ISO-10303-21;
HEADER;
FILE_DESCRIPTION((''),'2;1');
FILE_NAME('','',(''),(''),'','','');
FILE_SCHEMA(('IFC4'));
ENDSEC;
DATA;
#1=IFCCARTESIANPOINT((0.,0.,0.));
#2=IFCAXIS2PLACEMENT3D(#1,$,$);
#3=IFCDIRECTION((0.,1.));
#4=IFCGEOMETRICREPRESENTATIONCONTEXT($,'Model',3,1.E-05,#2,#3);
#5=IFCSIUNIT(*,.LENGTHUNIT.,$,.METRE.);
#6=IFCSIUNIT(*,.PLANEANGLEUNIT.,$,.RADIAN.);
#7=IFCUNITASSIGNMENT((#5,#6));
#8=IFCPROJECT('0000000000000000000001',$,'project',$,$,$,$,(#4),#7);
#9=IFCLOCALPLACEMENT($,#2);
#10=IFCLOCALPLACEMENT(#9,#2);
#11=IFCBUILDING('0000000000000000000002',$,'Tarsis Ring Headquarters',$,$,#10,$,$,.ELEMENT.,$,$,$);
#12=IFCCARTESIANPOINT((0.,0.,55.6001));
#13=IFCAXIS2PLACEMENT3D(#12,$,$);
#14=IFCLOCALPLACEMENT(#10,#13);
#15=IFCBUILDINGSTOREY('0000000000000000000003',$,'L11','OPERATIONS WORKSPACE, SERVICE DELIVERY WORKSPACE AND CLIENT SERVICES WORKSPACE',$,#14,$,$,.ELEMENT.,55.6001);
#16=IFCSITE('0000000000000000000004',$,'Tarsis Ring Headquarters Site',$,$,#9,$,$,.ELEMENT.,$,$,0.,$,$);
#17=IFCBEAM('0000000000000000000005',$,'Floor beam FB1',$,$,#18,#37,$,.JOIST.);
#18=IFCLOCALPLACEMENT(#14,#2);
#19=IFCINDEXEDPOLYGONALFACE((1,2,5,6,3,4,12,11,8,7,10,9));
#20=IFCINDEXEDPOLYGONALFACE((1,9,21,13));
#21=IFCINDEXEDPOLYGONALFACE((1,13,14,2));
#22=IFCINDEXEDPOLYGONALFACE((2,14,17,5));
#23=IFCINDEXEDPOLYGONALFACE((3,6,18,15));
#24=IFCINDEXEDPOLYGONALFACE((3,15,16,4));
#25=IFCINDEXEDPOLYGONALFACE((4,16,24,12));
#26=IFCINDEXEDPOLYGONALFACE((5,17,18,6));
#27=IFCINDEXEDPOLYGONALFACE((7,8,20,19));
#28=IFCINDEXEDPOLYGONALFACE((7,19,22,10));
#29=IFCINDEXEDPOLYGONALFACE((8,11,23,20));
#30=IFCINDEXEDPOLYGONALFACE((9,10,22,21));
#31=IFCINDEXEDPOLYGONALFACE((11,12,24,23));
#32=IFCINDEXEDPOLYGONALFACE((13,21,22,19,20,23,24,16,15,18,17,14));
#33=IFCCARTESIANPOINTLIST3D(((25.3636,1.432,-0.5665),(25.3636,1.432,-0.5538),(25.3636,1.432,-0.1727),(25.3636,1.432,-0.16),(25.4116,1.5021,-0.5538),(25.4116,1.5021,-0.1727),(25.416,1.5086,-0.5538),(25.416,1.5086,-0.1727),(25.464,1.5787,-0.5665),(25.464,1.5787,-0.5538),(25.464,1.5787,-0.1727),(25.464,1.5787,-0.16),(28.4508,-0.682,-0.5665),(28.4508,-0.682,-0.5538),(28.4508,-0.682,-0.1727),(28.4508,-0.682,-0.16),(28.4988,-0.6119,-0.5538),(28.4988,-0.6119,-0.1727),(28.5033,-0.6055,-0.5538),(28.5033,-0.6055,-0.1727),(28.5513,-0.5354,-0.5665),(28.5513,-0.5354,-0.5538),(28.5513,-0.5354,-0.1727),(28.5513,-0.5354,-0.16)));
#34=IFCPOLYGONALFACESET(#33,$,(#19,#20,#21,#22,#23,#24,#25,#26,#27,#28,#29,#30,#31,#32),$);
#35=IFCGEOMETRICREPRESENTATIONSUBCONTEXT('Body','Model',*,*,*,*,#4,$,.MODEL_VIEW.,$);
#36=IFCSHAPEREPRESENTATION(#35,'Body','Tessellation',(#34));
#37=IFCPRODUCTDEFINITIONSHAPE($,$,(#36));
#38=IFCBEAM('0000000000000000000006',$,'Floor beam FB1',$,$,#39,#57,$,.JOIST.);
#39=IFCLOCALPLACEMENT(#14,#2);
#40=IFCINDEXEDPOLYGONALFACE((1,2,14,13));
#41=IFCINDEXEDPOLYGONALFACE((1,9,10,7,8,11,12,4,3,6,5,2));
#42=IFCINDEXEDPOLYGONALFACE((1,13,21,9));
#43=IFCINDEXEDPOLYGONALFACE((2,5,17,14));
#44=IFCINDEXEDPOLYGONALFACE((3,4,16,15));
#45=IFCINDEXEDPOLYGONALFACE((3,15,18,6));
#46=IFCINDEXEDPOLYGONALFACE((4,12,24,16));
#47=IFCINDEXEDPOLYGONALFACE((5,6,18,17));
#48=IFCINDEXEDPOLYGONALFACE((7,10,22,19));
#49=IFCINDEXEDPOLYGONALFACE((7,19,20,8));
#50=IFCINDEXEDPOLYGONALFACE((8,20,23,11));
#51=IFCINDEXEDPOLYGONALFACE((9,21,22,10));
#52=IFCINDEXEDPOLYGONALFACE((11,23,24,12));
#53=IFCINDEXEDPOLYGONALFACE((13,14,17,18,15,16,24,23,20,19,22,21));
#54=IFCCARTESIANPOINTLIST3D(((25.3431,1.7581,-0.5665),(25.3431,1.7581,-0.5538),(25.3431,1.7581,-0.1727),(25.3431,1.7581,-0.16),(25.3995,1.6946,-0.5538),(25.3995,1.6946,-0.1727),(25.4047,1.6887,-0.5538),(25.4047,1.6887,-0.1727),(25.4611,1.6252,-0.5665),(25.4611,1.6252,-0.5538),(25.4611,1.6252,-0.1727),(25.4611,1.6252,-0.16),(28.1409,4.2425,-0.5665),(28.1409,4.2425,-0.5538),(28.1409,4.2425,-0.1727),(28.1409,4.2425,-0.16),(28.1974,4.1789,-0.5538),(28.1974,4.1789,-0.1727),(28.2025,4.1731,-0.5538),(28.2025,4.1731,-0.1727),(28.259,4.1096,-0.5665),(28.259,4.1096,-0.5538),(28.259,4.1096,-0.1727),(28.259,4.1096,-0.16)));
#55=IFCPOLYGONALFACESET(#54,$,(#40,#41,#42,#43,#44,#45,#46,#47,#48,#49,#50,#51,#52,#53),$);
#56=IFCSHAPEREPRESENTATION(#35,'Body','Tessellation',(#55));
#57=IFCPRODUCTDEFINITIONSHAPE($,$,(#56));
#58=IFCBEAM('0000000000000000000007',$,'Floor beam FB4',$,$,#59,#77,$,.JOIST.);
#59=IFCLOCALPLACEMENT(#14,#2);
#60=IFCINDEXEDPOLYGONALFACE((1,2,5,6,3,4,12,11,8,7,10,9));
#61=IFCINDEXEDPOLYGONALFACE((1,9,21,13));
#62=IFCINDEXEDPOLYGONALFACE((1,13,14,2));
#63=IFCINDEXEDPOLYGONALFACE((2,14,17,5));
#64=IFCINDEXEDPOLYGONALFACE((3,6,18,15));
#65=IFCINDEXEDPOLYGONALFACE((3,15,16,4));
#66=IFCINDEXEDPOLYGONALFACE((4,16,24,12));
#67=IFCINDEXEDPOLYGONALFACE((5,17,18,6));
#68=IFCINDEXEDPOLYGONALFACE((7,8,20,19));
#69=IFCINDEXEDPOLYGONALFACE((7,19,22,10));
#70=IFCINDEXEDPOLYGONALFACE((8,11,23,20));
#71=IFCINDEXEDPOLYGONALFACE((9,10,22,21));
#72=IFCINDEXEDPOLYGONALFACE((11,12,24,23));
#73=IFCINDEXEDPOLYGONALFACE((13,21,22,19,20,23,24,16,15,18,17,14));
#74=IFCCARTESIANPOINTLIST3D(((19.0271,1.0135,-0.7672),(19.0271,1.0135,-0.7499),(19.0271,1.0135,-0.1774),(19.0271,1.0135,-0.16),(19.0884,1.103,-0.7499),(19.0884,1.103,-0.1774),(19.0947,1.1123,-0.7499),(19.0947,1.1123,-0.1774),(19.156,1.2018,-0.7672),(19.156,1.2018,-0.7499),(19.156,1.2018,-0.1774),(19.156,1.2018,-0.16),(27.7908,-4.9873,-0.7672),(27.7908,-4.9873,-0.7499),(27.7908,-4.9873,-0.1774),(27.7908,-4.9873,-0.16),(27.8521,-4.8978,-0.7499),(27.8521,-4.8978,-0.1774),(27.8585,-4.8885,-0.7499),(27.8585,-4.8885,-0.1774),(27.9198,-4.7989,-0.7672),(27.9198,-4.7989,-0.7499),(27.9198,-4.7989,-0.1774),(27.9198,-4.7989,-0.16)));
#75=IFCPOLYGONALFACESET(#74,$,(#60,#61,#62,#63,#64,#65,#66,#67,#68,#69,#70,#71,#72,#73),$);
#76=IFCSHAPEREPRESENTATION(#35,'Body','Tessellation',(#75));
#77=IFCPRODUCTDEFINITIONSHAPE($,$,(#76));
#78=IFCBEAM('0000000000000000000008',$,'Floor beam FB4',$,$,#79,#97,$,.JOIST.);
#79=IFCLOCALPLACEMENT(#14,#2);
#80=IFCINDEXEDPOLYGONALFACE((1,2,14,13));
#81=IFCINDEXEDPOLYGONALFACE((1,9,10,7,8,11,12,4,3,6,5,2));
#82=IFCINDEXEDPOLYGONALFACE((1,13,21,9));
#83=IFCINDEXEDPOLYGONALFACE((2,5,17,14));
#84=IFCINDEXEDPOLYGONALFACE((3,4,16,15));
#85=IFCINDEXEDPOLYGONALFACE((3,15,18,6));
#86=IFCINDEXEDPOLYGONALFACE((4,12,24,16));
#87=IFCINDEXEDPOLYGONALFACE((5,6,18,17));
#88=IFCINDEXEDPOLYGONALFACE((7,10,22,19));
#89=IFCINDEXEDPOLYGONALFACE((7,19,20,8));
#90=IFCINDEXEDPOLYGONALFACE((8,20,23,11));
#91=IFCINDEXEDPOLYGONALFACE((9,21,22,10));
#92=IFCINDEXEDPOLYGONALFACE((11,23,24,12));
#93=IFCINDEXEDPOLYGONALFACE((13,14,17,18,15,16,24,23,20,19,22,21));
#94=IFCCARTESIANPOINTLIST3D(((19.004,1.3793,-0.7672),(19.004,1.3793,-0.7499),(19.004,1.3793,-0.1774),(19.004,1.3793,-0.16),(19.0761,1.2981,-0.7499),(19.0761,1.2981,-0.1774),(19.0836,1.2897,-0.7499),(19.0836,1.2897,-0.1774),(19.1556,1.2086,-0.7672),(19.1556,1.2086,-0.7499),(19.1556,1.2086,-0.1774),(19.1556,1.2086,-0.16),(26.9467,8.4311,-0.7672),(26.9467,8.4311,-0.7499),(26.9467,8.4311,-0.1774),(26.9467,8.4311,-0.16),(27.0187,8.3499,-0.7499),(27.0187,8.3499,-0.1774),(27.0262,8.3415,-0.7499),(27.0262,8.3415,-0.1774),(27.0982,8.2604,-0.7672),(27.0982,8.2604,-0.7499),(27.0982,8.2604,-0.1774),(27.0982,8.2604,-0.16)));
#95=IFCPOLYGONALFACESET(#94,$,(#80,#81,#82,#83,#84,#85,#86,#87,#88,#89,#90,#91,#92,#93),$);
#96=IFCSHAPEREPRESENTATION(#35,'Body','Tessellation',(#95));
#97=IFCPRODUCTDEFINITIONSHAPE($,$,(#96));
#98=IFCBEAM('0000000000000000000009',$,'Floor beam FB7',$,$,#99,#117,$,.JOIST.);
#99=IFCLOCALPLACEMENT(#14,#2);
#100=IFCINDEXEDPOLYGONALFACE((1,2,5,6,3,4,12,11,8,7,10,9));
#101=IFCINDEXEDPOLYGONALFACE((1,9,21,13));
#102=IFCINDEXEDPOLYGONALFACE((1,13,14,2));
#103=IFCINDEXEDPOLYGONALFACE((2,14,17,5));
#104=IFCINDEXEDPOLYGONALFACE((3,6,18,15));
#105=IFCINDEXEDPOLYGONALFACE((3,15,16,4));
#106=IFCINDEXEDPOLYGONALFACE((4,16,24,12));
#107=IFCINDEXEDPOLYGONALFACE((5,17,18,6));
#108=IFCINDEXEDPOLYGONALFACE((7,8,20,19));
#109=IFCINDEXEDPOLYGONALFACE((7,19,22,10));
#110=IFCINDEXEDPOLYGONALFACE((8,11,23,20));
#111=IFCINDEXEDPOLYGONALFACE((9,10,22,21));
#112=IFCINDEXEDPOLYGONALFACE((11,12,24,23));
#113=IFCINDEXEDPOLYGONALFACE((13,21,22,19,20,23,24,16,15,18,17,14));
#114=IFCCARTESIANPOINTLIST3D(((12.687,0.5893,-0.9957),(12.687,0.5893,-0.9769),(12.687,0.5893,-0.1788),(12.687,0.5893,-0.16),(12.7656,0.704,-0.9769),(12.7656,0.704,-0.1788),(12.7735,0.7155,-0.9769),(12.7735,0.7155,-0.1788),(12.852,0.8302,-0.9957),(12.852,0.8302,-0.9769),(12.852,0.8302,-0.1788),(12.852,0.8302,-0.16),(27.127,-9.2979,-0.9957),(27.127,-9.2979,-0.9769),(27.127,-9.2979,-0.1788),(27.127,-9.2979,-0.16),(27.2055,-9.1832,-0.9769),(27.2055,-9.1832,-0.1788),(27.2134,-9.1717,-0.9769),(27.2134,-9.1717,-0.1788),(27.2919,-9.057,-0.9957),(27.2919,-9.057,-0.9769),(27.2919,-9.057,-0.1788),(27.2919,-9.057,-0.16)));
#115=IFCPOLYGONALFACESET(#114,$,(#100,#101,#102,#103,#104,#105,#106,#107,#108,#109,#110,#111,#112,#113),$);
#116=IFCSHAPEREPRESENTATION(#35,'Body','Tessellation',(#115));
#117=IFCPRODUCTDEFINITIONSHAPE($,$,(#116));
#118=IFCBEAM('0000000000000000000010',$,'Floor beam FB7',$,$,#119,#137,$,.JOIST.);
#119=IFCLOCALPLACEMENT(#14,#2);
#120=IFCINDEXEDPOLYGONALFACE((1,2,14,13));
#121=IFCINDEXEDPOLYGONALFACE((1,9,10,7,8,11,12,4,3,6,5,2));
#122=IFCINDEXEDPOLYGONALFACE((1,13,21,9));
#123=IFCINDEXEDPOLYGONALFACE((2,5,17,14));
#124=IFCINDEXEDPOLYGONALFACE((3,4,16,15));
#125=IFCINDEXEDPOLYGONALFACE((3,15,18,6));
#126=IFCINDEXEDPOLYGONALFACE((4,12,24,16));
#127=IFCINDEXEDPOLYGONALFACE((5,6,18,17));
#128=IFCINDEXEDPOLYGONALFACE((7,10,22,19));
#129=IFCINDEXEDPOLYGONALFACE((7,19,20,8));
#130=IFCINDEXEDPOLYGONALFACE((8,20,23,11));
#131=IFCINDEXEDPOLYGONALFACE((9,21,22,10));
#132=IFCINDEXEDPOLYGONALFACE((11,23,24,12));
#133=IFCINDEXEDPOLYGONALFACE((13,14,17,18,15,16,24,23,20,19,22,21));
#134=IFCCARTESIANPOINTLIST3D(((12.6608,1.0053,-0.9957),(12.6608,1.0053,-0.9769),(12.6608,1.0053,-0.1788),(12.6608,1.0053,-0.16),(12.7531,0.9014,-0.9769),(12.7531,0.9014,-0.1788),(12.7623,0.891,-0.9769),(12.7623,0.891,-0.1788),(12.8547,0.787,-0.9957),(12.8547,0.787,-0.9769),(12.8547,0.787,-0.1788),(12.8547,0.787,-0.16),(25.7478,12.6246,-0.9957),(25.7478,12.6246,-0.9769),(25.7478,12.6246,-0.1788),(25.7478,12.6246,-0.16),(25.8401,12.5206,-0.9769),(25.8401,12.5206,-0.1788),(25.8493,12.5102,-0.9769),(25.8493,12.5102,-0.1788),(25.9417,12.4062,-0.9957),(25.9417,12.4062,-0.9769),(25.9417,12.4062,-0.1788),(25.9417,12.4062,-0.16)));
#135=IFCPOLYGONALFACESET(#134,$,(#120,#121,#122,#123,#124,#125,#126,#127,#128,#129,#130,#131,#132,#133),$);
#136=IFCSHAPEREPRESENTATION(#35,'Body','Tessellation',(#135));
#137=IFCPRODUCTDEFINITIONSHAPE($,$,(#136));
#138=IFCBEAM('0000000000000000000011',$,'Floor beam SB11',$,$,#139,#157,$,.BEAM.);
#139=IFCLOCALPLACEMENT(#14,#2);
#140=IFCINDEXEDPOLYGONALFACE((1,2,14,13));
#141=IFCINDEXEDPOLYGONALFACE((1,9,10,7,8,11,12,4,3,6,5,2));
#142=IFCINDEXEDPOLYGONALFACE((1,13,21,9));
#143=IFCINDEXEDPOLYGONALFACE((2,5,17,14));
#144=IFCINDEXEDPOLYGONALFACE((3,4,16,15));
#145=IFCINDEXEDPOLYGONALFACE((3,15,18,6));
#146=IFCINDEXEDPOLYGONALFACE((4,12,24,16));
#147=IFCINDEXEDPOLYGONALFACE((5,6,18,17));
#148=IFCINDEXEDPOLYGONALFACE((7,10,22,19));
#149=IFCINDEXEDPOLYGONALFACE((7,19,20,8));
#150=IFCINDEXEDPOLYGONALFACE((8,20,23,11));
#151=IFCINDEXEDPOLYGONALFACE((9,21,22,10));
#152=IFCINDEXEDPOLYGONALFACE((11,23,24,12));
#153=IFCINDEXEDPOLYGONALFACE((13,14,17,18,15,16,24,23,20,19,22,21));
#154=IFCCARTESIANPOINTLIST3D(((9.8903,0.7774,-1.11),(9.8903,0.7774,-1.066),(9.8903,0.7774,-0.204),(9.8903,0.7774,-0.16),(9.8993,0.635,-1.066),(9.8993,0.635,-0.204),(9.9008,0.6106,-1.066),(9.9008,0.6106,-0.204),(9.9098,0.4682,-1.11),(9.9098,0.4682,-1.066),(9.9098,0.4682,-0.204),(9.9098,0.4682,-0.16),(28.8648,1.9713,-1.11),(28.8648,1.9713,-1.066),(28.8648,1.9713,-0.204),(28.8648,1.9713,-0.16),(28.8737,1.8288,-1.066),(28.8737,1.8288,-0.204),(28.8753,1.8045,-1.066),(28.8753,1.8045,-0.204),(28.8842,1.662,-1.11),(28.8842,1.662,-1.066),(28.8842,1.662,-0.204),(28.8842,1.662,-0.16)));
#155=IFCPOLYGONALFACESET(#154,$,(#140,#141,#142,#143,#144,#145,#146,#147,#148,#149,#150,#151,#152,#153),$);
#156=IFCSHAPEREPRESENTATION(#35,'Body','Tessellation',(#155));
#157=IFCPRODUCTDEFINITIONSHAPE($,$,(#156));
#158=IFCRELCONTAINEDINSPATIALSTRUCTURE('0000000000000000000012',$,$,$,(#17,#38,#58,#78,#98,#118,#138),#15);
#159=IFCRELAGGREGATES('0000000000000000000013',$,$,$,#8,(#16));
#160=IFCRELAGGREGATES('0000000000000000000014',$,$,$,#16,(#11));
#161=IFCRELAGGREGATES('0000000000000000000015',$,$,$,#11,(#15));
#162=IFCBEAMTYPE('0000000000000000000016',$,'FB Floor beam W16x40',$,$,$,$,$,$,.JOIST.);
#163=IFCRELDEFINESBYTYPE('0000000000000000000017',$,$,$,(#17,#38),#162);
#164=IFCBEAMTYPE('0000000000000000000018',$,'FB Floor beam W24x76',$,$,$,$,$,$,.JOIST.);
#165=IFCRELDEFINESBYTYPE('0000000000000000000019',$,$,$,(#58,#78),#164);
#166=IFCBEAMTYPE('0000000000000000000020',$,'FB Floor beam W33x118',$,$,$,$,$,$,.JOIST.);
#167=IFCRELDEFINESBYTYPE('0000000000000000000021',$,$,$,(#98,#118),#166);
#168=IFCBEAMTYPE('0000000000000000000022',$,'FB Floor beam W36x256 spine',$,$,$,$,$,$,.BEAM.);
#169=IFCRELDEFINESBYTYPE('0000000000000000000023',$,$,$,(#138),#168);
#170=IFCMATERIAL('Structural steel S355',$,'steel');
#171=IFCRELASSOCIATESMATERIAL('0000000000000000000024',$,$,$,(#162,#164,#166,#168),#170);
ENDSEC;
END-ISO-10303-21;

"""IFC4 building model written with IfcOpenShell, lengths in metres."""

from ifc_helpers import new_model, si_unit, direction, frame, origin, origin_2d, place, context, subcontext, project, spatial, i_section, extrude, material, material_profile, profile_set, type_object, element, save


model = new_model("IFC4")

# Units and contexts
model_context = context("Model", 3, precision=1e-05, world=origin(), true_north=direction((0.0, 1.0)))
body_context = subcontext(model_context, "Body", "Model", "MODEL_VIEW")
ifc_project = project(units=[si_unit("LENGTHUNIT", "METRE"), si_unit("PLANEANGLEUNIT", "RADIAN")], contexts=[model_context])

# Site, building, storey
site_placement = place(None, origin())
site = spatial("IfcSite", under=ifc_project, at=site_placement, Name="Tarsis Ring Headquarters Site", CompositionType="ELEMENT", RefElevation=0.0)
building_placement = place(site_placement, origin())
building = spatial("IfcBuilding", under=site, at=building_placement, Name="Tarsis Ring Headquarters", CompositionType="ELEMENT")
storey_placement = place(building_placement, frame((0.0, 0.0, 55.6001)))
storey = spatial("IfcBuildingStorey", under=building, at=storey_placement, Name="L11", Description="OPERATIONS WORKSPACE, SERVICE DELIVERY WORKSPACE AND CLIENT SERVICES WORKSPACE", CompositionType="ELEMENT", Elevation=55.6001)

# Beams
ifc_material_1 = material(Name="Structural steel S355", Category="steel")
ifc_material_profile_1 = material_profile(ifc_material_1, i_section(OverallWidth=0.1777, OverallDepth=0.4065, WebThickness=0.0078, FlangeThickness=0.0127, at=origin_2d()), Name="W16x40")
ifc_profile_set_1 = profile_set([ifc_material_profile_1], Name="Structural steel S355")
beam_type_1 = type_object("IfcBeamType", Name="FB Floor beam W16x40", PredefinedType="JOIST", material=ifc_profile_set_1)
for number, where, z_axis, x_axis, name in (
    (1, (25.4138, 1.5054, -0.3633), (0.82509, -0.565002, 0.0), (0.565002, 0.82509, 0.0), "Floor beam FB1"),
    (2, (28.2, 4.176, -0.3633), (-0.747755, -0.663975, 0.0), (0.663975, -0.747755, 0.0), "Floor beam FB1"),
):
    element("IfcBeam", number, at=place(storey_placement, frame(where, z_axis=z_axis, x_axis=x_axis)), inside=storey, type_object=beam_type_1, Name=name, PredefinedType="JOIST", context=body_context, shape_type="SweptSolid", body=[
        extrude(i_section(OverallWidth=0.1777, OverallDepth=0.4065, WebThickness=0.0078, FlangeThickness=0.0127, at=origin_2d()), origin(), (0.0, 0.0, 1.0), 3.7417),
    ])
ifc_material_profile_2 = material_profile(ifc_material_1, i_section(OverallWidth=0.2283, OverallDepth=0.6072, WebThickness=0.0112, FlangeThickness=0.0173, at=origin_2d()), Name="W24x76")
ifc_profile_set_2 = profile_set([ifc_material_profile_2], Name="Structural steel S355")
beam_type_2 = type_object("IfcBeamType", Name="FB Floor beam W24x76", PredefinedType="JOIST", material=ifc_profile_set_2)
for number, where, z_axis, x_axis, name in (
    (3, (19.0916, 1.1077, -0.4636), (0.825108, -0.564975, 0.0), (0.564975, 0.825108, 0.0), "Floor beam FB4"),
    (4, (27.0225, 8.3457, -0.4636), (-0.7478, -0.663924, 0.0), (0.663924, -0.7478, 0.0), "Floor beam FB4"),
):
    element("IfcBeam", number, at=place(storey_placement, frame(where, z_axis=z_axis, x_axis=x_axis)), inside=storey, type_object=beam_type_2, Name=name, PredefinedType="JOIST", context=body_context, shape_type="SweptSolid", body=[
        extrude(i_section(OverallWidth=0.2283, OverallDepth=0.6072, WebThickness=0.0112, FlangeThickness=0.0173, at=origin_2d()), origin(), (0.0, 0.0, 1.0), 10.6213),
    ])
ifc_material_profile_3 = material_profile(ifc_material_1, i_section(OverallWidth=0.292, OverallDepth=0.8357, WebThickness=0.0139, FlangeThickness=0.0188, at=origin_2d()), Name="W33x118")
ifc_profile_set_3 = profile_set([ifc_material_profile_3], Name="Structural steel S355")
beam_type_3 = type_object("IfcBeamType", Name="FB Floor beam W33x118", PredefinedType="JOIST", material=ifc_profile_set_3)
beam_1_placement = place(storey_placement, frame((12.7695, 0.7097, -0.5779), z_axis=(0.825114, -0.564966, 0.0), x_axis=(0.564966, 0.825114, 0.0)))
element("IfcBeam", 5, at=beam_1_placement, inside=storey, type_object=beam_type_3, Name="Floor beam FB7", PredefinedType="JOIST", context=body_context, shape_type="SweptSolid", body=[
    extrude(i_section(OverallWidth=0.292, OverallDepth=0.8357, WebThickness=0.0139, FlangeThickness=0.0188, at=origin_2d()), origin(), (0.0, 0.0, 1.0), 17.5005),
])
beam_2_placement = place(storey_placement, frame((25.8447, 12.5154, -0.5779), z_axis=(-0.747797, -0.663927, 0.0), x_axis=(0.663927, -0.747797, 0.0)))
element("IfcBeam", 6, at=beam_2_placement, inside=storey, type_object=beam_type_3, Name="Floor beam FB7", PredefinedType="JOIST", context=body_context, shape_type="SweptSolid", body=[
    extrude(i_section(OverallWidth=0.292, OverallDepth=0.8357, WebThickness=0.0139, FlangeThickness=0.0188, at=origin_2d()), origin(), (0.0, 0.0, 1.0), 17.5007),
])
ifc_material_profile_4 = material_profile(ifc_material_1, i_section(OverallWidth=0.3098, OverallDepth=0.95, WebThickness=0.0244, FlangeThickness=0.0439, at=origin_2d()), Name="W36x256")
ifc_profile_set_4 = profile_set([ifc_material_profile_4], Name="Structural steel S355")
beam_type_4 = type_object("IfcBeamType", Name="FB Floor beam W36x256 spine", PredefinedType="BEAM", material=ifc_profile_set_4)
beam_3_placement = place(storey_placement, frame((28.8745, 1.8167, -0.635), z_axis=(-0.998026, -0.062795, 0.0), x_axis=(0.062795, -0.998026, 0.0)))
element("IfcBeam", 7, at=beam_3_placement, inside=storey, type_object=beam_type_4, Name="Floor beam SB11", PredefinedType="BEAM", context=body_context, shape_type="SweptSolid", body=[
    extrude(i_section(OverallWidth=0.3098, OverallDepth=0.95, WebThickness=0.0244, FlangeThickness=0.0439, at=origin_2d()), origin(), (0.0, 0.0, 1.0), 19.012),
])

save(model, "model.ifc")
